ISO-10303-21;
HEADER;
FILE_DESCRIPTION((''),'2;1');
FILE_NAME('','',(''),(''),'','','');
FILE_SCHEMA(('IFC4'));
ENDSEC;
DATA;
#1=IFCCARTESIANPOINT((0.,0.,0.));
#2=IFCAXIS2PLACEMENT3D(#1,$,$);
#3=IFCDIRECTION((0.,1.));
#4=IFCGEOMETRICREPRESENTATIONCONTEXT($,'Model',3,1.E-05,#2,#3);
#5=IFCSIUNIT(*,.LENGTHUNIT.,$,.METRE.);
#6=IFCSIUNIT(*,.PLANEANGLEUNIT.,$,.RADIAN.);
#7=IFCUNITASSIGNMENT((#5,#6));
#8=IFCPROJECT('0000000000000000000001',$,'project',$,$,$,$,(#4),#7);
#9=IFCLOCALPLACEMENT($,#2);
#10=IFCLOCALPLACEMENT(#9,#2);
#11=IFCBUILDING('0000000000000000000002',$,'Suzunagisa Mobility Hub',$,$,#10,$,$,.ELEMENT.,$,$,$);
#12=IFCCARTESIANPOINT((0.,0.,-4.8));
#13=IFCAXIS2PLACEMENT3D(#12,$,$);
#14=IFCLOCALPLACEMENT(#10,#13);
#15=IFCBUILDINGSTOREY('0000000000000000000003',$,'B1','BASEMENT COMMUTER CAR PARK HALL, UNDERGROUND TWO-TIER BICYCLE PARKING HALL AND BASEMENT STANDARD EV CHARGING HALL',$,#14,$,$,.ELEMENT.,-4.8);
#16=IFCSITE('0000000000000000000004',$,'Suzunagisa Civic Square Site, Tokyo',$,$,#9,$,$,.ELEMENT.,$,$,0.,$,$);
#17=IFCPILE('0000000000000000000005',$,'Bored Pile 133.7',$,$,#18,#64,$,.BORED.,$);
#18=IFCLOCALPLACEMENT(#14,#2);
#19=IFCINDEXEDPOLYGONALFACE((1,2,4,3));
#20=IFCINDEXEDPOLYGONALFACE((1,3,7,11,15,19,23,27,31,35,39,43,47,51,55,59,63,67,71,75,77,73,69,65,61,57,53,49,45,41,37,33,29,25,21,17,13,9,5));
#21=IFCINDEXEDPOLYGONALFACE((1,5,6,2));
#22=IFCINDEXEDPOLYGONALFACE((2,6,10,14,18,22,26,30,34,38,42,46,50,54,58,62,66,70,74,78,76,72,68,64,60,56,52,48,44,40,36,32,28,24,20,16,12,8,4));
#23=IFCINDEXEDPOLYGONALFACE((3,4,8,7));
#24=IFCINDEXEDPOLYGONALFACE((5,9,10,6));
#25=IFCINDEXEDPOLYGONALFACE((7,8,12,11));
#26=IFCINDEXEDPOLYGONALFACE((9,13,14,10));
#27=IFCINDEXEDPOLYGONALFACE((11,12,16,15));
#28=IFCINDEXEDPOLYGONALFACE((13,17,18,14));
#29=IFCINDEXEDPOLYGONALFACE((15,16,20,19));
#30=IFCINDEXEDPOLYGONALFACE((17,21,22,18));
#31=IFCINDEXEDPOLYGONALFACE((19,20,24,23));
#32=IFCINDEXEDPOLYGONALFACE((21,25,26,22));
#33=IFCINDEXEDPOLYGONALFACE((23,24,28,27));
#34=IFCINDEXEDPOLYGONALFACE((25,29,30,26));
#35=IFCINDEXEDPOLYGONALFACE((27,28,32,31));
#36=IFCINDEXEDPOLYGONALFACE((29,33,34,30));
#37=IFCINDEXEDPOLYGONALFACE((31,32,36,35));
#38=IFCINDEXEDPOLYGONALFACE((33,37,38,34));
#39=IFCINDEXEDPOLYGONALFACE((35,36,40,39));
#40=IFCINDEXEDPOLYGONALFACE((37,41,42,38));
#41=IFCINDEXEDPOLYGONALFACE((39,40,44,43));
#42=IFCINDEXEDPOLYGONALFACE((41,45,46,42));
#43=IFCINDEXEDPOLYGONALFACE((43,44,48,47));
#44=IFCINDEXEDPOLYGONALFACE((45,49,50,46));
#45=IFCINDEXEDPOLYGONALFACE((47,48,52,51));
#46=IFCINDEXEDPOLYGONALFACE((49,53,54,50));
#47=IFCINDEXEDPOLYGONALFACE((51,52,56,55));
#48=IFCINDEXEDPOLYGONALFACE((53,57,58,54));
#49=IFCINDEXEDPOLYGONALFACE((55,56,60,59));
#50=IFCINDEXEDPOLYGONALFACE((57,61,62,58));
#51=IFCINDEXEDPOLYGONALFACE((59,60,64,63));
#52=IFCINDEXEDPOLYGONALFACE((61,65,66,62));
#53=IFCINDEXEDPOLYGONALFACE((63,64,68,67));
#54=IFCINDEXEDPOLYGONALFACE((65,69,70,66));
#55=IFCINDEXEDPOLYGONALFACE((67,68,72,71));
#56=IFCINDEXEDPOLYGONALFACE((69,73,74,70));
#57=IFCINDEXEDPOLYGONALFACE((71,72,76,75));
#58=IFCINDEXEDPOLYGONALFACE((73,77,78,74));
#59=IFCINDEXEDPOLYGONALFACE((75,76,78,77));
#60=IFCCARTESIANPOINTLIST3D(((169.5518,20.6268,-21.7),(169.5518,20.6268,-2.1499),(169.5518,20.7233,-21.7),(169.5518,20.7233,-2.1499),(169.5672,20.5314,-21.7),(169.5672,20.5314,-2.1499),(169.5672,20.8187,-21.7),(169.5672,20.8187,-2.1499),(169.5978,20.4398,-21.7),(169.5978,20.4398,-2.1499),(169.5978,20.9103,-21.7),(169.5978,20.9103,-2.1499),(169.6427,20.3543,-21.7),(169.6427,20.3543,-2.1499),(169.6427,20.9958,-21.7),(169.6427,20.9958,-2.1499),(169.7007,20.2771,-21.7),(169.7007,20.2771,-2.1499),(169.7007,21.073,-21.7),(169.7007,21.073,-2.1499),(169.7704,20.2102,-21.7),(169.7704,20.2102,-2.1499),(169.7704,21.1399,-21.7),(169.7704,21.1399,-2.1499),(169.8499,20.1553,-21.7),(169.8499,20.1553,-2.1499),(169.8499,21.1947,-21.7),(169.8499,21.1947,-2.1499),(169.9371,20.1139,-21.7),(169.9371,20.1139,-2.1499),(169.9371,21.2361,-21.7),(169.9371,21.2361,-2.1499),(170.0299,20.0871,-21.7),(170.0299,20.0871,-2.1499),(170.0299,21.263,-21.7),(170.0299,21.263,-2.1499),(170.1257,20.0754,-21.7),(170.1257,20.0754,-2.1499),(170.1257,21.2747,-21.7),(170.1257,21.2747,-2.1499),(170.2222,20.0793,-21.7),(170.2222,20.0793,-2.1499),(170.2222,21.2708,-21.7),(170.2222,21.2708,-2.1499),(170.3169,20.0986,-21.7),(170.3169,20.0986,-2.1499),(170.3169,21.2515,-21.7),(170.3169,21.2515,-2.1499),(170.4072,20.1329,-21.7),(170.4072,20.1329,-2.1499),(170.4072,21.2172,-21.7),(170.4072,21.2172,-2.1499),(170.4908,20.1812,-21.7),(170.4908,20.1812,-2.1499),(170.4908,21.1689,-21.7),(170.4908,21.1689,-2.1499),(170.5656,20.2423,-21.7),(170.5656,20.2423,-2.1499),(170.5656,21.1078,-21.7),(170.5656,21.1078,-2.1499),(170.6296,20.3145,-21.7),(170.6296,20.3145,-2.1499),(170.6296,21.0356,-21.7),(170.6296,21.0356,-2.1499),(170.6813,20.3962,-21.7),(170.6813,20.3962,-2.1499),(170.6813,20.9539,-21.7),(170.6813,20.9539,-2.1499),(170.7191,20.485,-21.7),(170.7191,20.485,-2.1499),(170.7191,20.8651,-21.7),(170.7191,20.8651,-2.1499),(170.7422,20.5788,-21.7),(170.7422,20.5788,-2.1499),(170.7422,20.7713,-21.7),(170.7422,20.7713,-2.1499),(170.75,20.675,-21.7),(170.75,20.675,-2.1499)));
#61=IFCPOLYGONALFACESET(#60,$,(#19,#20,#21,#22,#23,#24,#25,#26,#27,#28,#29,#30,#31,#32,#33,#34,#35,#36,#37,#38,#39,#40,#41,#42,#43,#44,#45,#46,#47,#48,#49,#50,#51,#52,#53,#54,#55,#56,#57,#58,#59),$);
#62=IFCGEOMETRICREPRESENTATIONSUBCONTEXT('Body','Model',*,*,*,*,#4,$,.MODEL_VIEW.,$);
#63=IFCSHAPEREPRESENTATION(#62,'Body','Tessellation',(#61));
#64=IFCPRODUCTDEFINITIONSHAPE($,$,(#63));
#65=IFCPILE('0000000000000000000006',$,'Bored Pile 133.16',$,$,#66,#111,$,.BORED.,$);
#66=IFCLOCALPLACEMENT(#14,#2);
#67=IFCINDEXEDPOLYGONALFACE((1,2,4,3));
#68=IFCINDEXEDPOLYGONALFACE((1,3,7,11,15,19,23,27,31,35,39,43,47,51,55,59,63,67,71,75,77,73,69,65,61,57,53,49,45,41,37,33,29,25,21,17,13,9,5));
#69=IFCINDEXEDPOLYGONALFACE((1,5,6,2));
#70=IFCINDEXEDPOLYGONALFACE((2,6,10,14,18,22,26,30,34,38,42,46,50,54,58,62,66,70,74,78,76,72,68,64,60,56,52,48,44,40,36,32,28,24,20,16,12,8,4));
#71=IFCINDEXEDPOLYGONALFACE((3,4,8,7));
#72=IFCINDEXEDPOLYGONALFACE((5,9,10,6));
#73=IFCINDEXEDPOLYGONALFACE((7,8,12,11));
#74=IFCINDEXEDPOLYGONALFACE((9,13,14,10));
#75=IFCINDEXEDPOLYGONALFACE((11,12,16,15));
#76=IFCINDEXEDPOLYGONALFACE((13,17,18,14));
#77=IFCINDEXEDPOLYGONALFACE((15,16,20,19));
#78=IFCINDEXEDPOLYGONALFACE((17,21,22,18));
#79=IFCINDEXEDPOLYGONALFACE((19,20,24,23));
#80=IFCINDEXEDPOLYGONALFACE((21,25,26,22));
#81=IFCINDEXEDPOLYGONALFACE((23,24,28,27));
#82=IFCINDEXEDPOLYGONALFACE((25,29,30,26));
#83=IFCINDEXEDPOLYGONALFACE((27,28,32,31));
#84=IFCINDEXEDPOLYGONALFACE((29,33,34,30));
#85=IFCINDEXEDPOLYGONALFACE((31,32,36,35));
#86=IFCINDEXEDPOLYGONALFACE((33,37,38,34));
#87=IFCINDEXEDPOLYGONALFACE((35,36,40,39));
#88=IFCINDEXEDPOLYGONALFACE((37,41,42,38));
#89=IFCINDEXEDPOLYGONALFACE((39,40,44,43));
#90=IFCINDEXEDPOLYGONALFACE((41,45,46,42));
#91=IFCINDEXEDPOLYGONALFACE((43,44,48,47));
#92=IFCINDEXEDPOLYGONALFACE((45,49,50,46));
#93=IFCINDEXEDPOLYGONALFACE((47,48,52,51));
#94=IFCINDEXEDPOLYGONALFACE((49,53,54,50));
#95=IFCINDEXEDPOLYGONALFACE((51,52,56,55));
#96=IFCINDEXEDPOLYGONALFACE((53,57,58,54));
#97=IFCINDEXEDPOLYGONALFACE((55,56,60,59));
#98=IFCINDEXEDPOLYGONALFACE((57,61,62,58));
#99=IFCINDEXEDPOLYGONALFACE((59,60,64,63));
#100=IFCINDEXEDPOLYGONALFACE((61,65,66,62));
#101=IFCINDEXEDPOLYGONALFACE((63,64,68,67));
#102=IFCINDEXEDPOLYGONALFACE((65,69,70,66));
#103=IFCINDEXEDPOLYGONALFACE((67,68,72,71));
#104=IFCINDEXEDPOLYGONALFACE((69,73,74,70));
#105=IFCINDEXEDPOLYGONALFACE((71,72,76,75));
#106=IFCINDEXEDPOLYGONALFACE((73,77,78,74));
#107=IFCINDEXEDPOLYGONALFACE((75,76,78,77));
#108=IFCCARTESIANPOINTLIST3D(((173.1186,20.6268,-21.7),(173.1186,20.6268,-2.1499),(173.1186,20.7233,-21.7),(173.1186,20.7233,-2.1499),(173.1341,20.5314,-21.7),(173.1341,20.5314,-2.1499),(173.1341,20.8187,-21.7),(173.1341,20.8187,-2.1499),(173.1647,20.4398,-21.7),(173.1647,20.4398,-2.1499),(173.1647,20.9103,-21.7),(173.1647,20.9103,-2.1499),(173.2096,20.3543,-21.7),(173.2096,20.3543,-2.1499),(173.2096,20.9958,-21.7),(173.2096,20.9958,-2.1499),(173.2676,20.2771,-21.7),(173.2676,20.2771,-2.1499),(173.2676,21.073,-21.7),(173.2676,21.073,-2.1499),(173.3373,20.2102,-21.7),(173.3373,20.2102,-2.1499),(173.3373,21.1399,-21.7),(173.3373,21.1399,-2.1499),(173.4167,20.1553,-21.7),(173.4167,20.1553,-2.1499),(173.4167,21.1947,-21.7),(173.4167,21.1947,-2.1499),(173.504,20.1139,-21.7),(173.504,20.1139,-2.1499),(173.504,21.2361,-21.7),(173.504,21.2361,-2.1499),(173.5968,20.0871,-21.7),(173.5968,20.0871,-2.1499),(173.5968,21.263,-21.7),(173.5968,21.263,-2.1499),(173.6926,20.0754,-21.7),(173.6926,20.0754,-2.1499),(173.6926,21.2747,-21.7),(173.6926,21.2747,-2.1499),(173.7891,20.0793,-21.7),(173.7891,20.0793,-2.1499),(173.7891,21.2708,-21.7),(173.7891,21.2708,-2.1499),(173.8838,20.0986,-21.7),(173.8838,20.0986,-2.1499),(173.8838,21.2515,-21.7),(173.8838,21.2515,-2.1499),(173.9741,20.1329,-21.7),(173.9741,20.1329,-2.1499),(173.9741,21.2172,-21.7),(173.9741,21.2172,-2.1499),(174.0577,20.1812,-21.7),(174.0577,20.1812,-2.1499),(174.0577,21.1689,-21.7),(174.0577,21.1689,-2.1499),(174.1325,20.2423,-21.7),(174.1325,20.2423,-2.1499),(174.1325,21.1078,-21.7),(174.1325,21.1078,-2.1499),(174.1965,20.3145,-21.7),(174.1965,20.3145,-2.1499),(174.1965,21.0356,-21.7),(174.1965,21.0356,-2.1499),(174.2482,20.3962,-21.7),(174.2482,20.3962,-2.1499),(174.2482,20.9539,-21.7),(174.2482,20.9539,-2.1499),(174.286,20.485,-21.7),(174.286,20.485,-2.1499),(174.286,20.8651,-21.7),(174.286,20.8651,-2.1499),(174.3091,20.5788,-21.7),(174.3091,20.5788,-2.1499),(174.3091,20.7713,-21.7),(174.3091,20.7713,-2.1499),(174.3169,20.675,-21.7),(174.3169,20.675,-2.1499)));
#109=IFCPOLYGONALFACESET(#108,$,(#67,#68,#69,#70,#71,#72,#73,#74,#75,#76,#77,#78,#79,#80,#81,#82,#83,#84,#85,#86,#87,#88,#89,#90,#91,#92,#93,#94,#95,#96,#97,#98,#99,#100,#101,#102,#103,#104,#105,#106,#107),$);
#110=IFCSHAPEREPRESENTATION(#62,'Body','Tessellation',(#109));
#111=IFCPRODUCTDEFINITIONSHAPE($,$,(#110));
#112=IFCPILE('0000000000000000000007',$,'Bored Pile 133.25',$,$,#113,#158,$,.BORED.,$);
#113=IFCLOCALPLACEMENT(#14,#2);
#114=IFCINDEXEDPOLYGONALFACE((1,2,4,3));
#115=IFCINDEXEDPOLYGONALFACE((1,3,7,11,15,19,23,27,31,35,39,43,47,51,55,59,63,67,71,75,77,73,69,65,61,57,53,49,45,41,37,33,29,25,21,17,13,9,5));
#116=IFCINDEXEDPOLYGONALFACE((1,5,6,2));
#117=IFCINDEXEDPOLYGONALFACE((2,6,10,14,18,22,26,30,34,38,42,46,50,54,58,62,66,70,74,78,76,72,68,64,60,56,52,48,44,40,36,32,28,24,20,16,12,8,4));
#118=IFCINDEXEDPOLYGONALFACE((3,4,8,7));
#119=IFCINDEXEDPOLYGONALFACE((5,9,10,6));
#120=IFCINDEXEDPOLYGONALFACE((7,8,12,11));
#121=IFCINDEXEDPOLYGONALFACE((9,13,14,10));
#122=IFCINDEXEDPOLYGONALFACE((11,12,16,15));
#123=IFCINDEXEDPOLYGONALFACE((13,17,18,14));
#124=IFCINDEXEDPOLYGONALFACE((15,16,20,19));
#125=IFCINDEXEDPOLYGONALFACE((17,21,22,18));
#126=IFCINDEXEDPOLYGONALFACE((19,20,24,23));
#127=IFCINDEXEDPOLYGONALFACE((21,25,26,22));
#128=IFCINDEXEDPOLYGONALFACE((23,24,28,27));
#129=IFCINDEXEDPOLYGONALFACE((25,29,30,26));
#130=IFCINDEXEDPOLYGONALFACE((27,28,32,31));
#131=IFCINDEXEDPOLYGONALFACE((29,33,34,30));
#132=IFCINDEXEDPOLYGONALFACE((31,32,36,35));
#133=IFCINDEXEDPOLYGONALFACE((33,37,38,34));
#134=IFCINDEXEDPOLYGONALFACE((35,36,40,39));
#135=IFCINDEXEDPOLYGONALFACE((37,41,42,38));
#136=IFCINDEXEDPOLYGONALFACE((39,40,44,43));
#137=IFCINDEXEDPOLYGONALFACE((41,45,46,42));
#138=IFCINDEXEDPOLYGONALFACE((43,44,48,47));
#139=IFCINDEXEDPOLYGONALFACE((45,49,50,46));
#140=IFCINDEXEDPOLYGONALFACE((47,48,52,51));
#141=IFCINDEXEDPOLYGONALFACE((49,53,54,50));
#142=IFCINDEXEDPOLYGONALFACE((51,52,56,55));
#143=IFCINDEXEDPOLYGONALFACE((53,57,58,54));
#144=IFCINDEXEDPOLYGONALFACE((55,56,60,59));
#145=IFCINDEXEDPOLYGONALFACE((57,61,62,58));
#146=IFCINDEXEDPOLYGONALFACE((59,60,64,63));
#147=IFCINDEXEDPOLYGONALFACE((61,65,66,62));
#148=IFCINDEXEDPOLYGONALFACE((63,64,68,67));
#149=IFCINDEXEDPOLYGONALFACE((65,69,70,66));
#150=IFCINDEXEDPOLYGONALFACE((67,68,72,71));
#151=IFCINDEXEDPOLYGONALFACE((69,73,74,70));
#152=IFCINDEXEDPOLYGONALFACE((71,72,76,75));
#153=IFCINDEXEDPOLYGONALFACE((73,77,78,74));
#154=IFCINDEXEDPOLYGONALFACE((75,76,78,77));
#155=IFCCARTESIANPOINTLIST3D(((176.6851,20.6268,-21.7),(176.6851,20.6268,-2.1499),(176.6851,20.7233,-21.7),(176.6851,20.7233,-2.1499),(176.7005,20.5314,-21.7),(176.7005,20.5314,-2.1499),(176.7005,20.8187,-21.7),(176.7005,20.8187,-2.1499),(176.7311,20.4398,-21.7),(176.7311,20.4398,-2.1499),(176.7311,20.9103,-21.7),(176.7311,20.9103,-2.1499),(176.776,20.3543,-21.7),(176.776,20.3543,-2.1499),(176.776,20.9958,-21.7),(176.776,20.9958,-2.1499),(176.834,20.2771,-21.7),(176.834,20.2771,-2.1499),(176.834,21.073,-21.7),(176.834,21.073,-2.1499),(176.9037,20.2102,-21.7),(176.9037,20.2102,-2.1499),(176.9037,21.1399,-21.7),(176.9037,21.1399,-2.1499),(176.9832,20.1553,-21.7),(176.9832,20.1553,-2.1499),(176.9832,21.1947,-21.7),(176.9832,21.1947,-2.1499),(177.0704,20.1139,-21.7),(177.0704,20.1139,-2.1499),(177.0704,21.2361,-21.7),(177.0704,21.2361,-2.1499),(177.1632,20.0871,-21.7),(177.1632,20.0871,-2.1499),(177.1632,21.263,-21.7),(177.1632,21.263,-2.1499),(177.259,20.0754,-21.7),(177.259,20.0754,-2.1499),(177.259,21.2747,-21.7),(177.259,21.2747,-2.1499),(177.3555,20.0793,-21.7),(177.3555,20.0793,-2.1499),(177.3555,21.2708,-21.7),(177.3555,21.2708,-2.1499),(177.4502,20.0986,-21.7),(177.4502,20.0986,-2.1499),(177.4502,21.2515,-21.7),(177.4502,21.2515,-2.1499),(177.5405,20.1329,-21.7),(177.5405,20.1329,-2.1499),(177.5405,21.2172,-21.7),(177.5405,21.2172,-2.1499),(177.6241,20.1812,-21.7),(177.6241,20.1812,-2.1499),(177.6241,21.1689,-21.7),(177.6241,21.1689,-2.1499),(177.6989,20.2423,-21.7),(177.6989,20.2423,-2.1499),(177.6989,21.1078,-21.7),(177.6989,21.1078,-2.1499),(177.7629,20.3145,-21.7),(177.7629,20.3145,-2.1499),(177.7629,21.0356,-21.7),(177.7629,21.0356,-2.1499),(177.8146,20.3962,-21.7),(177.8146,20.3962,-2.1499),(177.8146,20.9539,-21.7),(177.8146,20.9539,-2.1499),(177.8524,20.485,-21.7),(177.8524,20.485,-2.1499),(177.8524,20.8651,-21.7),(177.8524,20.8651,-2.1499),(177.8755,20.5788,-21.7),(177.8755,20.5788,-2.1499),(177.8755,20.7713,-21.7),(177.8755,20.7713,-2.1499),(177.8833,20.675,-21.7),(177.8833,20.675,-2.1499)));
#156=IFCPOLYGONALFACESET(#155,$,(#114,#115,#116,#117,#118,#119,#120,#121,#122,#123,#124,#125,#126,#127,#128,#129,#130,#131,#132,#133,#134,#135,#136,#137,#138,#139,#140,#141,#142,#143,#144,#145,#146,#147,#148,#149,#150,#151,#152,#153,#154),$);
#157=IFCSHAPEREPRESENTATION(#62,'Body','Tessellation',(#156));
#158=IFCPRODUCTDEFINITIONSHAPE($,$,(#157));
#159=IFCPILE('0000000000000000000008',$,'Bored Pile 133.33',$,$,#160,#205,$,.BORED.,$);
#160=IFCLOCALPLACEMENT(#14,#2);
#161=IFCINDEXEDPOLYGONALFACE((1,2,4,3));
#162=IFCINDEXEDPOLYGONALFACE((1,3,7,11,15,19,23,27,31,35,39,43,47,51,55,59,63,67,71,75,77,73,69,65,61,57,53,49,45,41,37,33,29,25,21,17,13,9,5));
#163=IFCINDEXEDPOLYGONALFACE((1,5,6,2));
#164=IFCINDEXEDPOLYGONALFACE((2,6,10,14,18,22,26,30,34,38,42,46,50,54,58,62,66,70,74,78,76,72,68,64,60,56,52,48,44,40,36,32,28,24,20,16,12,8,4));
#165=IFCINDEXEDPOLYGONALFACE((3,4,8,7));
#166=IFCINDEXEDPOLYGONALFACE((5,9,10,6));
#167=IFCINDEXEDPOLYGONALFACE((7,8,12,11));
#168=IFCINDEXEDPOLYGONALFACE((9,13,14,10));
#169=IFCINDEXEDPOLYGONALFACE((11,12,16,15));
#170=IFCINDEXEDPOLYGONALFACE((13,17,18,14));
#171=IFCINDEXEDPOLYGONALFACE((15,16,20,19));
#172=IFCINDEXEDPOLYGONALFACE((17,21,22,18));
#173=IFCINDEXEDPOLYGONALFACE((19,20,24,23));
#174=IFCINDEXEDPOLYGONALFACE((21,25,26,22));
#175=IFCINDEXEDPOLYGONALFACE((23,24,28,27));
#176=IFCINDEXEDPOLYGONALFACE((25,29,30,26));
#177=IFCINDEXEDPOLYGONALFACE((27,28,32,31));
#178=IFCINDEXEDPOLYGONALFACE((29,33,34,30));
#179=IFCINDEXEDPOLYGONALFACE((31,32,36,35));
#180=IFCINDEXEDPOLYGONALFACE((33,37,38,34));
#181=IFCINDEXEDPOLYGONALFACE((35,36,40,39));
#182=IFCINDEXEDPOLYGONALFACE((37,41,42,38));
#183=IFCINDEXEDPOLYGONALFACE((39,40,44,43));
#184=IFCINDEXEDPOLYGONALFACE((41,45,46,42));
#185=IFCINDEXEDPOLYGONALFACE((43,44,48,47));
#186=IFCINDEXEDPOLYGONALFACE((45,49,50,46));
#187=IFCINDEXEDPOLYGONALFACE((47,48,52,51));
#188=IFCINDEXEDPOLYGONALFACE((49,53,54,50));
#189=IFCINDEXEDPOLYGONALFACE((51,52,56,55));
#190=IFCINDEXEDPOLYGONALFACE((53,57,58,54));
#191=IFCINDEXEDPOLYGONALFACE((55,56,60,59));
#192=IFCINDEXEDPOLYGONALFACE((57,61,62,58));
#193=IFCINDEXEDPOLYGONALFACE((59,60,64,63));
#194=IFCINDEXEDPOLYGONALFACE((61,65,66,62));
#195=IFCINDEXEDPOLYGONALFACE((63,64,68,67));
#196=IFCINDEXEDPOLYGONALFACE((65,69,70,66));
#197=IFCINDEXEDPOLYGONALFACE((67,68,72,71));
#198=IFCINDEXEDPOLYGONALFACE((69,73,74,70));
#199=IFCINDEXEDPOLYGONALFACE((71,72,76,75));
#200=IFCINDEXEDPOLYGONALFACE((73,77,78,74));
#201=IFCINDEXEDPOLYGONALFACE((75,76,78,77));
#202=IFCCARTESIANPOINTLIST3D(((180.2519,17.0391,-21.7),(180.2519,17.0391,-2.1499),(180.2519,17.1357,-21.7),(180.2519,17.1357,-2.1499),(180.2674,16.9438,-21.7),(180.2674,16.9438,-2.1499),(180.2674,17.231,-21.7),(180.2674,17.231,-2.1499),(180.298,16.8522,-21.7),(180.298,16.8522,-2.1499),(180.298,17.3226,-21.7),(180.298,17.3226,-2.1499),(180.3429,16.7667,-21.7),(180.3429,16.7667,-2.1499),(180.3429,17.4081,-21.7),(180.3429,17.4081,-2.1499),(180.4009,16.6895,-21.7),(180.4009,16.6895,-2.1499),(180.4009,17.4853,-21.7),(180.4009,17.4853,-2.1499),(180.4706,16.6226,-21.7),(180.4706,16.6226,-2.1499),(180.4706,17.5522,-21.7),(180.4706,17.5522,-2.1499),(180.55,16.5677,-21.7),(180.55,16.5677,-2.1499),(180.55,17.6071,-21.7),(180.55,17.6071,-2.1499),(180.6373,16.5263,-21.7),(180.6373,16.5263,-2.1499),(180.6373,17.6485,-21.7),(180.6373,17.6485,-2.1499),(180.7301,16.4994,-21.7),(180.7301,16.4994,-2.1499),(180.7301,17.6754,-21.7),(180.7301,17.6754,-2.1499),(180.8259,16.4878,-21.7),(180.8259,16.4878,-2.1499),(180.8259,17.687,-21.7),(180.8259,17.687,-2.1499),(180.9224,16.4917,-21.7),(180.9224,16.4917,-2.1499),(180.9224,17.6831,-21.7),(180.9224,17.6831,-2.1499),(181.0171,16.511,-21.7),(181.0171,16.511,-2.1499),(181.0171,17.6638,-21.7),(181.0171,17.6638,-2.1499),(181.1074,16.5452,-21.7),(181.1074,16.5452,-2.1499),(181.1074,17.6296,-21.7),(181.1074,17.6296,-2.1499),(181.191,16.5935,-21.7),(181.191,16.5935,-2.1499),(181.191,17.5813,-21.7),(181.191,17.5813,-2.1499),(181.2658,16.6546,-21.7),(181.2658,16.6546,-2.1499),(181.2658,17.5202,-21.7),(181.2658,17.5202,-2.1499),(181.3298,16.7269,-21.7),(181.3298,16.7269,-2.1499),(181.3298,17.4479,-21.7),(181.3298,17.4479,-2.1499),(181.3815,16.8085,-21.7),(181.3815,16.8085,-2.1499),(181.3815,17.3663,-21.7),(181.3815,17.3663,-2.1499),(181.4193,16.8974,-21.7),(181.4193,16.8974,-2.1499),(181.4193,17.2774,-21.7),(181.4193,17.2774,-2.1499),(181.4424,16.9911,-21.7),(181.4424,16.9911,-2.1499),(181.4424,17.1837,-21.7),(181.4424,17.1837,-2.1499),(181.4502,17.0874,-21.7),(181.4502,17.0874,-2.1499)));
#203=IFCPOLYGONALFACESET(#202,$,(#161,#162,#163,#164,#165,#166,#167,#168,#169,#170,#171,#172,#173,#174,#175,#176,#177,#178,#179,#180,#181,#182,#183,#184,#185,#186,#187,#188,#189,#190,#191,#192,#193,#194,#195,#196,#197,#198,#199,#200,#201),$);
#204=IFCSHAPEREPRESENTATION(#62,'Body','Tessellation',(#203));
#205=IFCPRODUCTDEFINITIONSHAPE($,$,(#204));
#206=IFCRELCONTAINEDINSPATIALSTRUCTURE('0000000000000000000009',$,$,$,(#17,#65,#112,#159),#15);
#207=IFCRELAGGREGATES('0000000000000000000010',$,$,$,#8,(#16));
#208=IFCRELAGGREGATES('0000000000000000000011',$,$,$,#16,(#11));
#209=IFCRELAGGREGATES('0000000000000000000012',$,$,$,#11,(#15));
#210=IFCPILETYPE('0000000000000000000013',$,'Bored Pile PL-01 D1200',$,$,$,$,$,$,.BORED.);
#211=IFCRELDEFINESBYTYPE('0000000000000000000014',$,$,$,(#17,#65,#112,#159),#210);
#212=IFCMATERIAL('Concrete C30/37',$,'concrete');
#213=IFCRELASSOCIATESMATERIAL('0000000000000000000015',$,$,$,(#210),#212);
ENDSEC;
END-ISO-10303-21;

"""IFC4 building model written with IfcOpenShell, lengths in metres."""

from ifc_helpers import new_model, si_unit, direction, frame, origin, origin_2d, place, context, subcontext, project, spatial, circle, extrude, material, material_profile, profile_set, type_object, element, save


model = new_model("IFC4")

# Units and contexts
model_context = context("Model", 3, precision=1e-05, world=origin(), true_north=direction((0.0, 1.0)))
body_context = subcontext(model_context, "Body", "Model", "MODEL_VIEW")
ifc_project = project(units=[si_unit("LENGTHUNIT", "METRE"), si_unit("PLANEANGLEUNIT", "RADIAN")], contexts=[model_context])

# Site, building, storey
site_placement = place(None, origin())
site = spatial("IfcSite", under=ifc_project, at=site_placement, Name="Suzunagisa Civic Square Site, Tokyo", CompositionType="ELEMENT", RefElevation=0.0)
building_placement = place(site_placement, origin())
building = spatial("IfcBuilding", under=site, at=building_placement, Name="Suzunagisa Mobility Hub", CompositionType="ELEMENT")
storey_placement = place(building_placement, frame((0.0, 0.0, -4.8)))
storey = spatial("IfcBuildingStorey", under=building, at=storey_placement, Name="B1", Description="BASEMENT COMMUTER CAR PARK HALL, UNDERGROUND TWO-TIER BICYCLE PARKING HALL AND BASEMENT STANDARD EV CHARGING HALL", CompositionType="ELEMENT", Elevation=-4.8)

# Piles
ifc_material_1 = material(Name="Concrete C30/37", Category="concrete")
ifc_material_profile_1 = material_profile(ifc_material_1, circle(Radius=0.6001, at=origin_2d()), Name="BORED PILE D1200")
ifc_profile_set_1 = profile_set([ifc_material_profile_1], Name="Concrete C30/37")
pile_type = type_object("IfcPileType", Name="Bored Pile PL-01 D1200", PredefinedType="BORED", material=ifc_profile_set_1)
for number, where, z_axis, x_axis, name in (
    (1, (170.1499, 20.675, -2.1499), (0.0, 0.0, -1.0), (1.0, 0.0, 0.0), "Bored Pile 133.7"),
    (2, (173.7168, 20.675, -2.1499), (0.0, 0.0, -1.0), (1.0, 0.0, 0.0), "Bored Pile 133.16"),
    (3, (177.2832, 20.675, -2.1499), (0.0, 0.0, -1.0), (1.0, 0.0, 0.0), "Bored Pile 133.25"),
    (4, (180.8501, 17.0874, -2.1499), (0.0, 0.0, -1.0), (1.0, 0.0, 0.0), "Bored Pile 133.33"),
):
    element("IfcPile", number, at=place(storey_placement, frame(where, z_axis=z_axis, x_axis=x_axis)), inside=storey, type_object=pile_type, Name=name, PredefinedType="BORED", context=body_context, shape_type="SweptSolid", body=[
        extrude(circle(Radius=0.6001, at=origin_2d()), origin(), (0.0, 0.0, 1.0), 19.55),
    ])

save(model, "model.ifc")
